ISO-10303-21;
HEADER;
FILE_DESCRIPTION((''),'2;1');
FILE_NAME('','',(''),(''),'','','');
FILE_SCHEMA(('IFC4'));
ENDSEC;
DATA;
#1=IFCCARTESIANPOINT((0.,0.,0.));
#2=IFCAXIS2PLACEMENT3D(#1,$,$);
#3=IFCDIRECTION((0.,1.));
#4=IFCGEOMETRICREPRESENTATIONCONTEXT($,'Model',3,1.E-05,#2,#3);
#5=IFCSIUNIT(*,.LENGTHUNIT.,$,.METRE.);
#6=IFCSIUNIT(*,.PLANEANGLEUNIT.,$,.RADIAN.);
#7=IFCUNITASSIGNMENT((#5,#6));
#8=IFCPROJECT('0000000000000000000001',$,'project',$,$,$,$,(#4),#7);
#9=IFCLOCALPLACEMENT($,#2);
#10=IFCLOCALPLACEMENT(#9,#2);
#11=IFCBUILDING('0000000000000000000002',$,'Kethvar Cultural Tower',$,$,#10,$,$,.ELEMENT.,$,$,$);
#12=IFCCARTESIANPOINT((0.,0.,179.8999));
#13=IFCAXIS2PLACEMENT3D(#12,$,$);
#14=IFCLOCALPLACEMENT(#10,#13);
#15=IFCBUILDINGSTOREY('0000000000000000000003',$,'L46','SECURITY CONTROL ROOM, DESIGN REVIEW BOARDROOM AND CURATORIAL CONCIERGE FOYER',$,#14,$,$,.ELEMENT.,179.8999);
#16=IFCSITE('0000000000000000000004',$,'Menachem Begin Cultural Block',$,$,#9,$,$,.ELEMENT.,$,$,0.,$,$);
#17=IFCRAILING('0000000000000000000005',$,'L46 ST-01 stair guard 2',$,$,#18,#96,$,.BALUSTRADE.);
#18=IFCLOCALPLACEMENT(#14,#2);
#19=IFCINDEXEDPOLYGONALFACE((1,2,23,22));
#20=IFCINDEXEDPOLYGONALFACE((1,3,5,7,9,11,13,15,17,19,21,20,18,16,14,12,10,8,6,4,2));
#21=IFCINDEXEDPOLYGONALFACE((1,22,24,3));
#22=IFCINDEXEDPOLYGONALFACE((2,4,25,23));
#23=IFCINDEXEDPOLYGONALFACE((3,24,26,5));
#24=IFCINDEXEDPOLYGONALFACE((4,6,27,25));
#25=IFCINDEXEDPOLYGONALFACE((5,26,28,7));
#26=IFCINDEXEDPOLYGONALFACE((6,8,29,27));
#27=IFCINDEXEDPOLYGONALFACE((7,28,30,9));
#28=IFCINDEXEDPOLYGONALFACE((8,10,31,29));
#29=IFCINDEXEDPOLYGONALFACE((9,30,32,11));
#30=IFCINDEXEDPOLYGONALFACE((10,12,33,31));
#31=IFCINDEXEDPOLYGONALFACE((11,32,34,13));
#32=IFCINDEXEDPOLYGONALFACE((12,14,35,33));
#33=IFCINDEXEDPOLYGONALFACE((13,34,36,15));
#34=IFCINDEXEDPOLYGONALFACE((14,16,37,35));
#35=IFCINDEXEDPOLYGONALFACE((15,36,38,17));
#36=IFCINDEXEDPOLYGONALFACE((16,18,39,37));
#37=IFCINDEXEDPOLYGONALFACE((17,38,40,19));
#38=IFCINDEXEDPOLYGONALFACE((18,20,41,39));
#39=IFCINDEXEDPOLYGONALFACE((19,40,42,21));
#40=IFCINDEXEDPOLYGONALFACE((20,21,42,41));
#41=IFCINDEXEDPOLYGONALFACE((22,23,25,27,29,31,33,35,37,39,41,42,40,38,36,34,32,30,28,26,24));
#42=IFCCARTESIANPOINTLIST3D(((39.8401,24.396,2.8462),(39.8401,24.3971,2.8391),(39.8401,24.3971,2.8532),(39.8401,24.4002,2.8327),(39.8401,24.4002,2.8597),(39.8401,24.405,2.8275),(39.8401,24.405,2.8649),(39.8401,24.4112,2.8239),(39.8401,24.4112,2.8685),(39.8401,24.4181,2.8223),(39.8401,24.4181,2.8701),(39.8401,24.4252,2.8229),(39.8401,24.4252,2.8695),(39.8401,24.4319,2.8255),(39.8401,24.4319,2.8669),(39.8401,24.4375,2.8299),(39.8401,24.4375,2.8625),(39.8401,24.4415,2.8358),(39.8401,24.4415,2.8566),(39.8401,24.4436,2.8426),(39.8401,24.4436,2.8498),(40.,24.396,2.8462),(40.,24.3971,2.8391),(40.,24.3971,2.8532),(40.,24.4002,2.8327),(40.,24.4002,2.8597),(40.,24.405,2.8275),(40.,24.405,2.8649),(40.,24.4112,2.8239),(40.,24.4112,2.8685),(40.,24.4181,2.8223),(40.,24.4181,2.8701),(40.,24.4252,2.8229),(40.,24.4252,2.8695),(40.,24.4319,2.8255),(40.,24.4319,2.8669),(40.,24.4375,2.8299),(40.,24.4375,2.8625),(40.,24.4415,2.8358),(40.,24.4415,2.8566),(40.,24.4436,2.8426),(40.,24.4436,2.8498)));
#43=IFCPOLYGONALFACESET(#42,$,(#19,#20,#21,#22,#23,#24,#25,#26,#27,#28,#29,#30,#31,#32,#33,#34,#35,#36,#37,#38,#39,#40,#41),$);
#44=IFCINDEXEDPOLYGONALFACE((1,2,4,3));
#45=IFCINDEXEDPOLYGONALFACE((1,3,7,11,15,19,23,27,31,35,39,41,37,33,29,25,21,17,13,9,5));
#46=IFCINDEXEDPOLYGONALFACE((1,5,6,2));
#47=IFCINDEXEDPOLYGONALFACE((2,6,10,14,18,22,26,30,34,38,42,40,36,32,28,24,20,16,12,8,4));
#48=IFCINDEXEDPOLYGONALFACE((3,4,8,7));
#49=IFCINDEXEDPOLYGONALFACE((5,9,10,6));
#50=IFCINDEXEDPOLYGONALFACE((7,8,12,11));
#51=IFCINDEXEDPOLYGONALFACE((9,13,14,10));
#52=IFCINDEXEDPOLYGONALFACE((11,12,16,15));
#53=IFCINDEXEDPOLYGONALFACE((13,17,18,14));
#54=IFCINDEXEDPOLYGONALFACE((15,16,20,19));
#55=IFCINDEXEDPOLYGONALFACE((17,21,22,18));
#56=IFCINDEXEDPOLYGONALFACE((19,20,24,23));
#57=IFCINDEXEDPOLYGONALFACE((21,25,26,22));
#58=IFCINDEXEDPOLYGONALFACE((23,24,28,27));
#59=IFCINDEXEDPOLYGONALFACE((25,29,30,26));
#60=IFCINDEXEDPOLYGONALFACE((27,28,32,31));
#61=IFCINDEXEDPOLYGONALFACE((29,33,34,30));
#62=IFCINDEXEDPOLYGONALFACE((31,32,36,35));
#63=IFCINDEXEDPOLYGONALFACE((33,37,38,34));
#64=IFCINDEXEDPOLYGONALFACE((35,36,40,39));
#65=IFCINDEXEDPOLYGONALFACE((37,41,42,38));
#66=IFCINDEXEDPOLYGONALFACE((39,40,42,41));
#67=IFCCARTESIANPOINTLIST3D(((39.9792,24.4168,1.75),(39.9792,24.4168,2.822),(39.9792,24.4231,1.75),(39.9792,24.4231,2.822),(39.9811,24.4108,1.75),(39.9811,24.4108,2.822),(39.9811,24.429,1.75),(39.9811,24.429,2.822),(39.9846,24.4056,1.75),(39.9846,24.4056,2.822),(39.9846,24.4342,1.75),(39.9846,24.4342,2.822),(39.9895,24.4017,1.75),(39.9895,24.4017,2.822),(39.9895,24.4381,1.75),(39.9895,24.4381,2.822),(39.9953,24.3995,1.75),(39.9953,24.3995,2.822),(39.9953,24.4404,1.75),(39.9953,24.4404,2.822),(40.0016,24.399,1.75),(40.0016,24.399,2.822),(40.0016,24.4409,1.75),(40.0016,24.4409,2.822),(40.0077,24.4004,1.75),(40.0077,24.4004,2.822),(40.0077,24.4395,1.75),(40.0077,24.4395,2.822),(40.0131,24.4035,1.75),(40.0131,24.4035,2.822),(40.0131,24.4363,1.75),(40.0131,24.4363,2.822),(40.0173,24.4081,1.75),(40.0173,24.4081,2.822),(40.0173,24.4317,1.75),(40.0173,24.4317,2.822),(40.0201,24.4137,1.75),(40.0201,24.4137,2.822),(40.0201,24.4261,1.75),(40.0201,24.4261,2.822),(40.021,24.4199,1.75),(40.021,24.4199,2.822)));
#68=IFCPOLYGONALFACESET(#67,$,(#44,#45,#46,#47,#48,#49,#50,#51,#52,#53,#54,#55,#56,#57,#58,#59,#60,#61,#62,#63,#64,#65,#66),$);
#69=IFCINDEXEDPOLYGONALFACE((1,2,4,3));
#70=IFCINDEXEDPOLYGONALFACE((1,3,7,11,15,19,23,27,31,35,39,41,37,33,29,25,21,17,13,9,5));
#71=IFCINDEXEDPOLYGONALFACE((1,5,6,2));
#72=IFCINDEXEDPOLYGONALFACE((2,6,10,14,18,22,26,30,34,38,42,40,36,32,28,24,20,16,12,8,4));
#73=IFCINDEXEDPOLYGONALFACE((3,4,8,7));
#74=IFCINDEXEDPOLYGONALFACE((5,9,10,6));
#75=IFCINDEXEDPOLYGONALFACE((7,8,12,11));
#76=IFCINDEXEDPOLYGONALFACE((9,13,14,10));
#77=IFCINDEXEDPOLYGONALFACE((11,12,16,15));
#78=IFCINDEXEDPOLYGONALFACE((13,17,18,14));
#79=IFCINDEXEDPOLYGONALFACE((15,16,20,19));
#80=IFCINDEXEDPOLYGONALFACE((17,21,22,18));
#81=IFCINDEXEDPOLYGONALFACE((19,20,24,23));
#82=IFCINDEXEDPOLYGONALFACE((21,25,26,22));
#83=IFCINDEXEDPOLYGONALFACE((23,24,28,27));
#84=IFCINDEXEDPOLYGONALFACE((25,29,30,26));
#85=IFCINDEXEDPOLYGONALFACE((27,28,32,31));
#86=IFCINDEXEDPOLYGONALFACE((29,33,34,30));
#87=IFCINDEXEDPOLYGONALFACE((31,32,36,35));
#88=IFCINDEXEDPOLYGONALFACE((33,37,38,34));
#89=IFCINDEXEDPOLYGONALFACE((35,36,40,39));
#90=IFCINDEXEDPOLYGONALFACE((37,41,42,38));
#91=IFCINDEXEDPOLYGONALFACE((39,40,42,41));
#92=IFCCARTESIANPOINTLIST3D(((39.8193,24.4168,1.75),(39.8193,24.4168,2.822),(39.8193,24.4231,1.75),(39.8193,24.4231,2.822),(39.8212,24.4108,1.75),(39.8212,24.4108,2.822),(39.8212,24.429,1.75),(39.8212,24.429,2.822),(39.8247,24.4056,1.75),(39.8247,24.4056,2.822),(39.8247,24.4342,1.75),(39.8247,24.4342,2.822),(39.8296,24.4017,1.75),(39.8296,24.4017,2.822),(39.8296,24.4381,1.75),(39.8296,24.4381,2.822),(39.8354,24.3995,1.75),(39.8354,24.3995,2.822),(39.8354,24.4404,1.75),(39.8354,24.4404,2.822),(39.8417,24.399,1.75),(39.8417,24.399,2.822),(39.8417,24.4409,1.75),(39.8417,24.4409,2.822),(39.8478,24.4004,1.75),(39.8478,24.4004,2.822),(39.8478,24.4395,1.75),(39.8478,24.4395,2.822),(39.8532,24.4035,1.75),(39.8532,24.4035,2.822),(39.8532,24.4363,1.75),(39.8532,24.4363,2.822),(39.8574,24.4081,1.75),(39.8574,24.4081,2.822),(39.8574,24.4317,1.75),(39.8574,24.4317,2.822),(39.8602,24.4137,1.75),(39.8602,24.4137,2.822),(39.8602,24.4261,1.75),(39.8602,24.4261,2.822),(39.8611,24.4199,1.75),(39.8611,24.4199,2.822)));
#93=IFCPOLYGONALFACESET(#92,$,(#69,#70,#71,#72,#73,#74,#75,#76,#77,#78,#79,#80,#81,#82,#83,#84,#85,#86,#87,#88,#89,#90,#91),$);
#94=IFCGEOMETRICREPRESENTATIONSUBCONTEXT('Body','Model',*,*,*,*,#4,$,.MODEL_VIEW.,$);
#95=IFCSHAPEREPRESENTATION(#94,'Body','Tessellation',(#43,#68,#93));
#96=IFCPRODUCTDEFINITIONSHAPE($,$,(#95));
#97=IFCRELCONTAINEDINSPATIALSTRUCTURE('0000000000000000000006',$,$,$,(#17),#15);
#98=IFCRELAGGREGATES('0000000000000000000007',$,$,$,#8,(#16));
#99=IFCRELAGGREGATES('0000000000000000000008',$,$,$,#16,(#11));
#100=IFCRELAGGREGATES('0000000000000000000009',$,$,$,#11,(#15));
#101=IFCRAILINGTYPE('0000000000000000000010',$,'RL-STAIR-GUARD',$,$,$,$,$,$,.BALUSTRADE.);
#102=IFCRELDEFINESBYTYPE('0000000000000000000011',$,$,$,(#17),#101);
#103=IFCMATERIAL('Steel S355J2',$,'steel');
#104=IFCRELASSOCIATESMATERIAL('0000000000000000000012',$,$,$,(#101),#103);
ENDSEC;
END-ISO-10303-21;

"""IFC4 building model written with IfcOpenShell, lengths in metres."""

from ifc_helpers import new_model, si_unit, direction, frame, origin, origin_2d, place, context, subcontext, project, spatial, circle, extrude, material, type_object, element, save


model = new_model("IFC4")

# Units and contexts
model_context = context("Model", 3, precision=1e-05, world=origin(), true_north=direction((0.0, 1.0)))
body_context = subcontext(model_context, "Body", "Model", "MODEL_VIEW")
ifc_project = project(units=[si_unit("LENGTHUNIT", "METRE"), si_unit("PLANEANGLEUNIT", "RADIAN")], contexts=[model_context])

# Site, building, storey
site_placement = place(None, origin())
site = spatial("IfcSite", under=ifc_project, at=site_placement, Name="Menachem Begin Cultural Block", CompositionType="ELEMENT", RefElevation=0.0)
building_placement = place(site_placement, origin())
building = spatial("IfcBuilding", under=site, at=building_placement, Name="Kethvar Cultural Tower", CompositionType="ELEMENT")
storey_placement = place(building_placement, frame((0.0, 0.0, 179.8999)))
storey = spatial("IfcBuildingStorey", under=building, at=storey_placement, Name="L46", Description="SECURITY CONTROL ROOM, DESIGN REVIEW BOARDROOM AND CURATORIAL CONCIERGE FOYER", CompositionType="ELEMENT", Elevation=179.8999)

# Shared definitions
ifc_material_1 = material(Name="Steel S355J2", Category="steel")

# Railing
railing_type_1 = type_object("IfcRailingType", Name="RL-STAIR-GUARD", PredefinedType="BALUSTRADE", material=ifc_material_1)
railing_1_placement = place(storey_placement, frame((40.0, 24.4199, 1.75)))
element("IfcRailing", 1, at=railing_1_placement, inside=storey, type_object=railing_type_1, Name="L46 ST-01 stair guard 2", PredefinedType="BALUSTRADE", context=body_context, shape_type="SweptSolid", body=[
    extrude(circle(Radius=0.0239, at=origin_2d()), frame((0.0, 0.0, 1.0962), z_axis=(-1.0, 0.0, 0.0), x_axis=(0.0, -1.0, 0.0)), (0.0, 0.0, 1.0), 0.1599),
    extrude(circle(Radius=0.021, at=origin_2d()), origin(), (0.0, 0.0, 1.0), 1.072),
    extrude(circle(Radius=0.021, at=origin_2d()), frame((-0.1599, 0.0, 0.0)), (0.0, 0.0, 1.0), 1.072),
])

save(model, "model.ifc")
